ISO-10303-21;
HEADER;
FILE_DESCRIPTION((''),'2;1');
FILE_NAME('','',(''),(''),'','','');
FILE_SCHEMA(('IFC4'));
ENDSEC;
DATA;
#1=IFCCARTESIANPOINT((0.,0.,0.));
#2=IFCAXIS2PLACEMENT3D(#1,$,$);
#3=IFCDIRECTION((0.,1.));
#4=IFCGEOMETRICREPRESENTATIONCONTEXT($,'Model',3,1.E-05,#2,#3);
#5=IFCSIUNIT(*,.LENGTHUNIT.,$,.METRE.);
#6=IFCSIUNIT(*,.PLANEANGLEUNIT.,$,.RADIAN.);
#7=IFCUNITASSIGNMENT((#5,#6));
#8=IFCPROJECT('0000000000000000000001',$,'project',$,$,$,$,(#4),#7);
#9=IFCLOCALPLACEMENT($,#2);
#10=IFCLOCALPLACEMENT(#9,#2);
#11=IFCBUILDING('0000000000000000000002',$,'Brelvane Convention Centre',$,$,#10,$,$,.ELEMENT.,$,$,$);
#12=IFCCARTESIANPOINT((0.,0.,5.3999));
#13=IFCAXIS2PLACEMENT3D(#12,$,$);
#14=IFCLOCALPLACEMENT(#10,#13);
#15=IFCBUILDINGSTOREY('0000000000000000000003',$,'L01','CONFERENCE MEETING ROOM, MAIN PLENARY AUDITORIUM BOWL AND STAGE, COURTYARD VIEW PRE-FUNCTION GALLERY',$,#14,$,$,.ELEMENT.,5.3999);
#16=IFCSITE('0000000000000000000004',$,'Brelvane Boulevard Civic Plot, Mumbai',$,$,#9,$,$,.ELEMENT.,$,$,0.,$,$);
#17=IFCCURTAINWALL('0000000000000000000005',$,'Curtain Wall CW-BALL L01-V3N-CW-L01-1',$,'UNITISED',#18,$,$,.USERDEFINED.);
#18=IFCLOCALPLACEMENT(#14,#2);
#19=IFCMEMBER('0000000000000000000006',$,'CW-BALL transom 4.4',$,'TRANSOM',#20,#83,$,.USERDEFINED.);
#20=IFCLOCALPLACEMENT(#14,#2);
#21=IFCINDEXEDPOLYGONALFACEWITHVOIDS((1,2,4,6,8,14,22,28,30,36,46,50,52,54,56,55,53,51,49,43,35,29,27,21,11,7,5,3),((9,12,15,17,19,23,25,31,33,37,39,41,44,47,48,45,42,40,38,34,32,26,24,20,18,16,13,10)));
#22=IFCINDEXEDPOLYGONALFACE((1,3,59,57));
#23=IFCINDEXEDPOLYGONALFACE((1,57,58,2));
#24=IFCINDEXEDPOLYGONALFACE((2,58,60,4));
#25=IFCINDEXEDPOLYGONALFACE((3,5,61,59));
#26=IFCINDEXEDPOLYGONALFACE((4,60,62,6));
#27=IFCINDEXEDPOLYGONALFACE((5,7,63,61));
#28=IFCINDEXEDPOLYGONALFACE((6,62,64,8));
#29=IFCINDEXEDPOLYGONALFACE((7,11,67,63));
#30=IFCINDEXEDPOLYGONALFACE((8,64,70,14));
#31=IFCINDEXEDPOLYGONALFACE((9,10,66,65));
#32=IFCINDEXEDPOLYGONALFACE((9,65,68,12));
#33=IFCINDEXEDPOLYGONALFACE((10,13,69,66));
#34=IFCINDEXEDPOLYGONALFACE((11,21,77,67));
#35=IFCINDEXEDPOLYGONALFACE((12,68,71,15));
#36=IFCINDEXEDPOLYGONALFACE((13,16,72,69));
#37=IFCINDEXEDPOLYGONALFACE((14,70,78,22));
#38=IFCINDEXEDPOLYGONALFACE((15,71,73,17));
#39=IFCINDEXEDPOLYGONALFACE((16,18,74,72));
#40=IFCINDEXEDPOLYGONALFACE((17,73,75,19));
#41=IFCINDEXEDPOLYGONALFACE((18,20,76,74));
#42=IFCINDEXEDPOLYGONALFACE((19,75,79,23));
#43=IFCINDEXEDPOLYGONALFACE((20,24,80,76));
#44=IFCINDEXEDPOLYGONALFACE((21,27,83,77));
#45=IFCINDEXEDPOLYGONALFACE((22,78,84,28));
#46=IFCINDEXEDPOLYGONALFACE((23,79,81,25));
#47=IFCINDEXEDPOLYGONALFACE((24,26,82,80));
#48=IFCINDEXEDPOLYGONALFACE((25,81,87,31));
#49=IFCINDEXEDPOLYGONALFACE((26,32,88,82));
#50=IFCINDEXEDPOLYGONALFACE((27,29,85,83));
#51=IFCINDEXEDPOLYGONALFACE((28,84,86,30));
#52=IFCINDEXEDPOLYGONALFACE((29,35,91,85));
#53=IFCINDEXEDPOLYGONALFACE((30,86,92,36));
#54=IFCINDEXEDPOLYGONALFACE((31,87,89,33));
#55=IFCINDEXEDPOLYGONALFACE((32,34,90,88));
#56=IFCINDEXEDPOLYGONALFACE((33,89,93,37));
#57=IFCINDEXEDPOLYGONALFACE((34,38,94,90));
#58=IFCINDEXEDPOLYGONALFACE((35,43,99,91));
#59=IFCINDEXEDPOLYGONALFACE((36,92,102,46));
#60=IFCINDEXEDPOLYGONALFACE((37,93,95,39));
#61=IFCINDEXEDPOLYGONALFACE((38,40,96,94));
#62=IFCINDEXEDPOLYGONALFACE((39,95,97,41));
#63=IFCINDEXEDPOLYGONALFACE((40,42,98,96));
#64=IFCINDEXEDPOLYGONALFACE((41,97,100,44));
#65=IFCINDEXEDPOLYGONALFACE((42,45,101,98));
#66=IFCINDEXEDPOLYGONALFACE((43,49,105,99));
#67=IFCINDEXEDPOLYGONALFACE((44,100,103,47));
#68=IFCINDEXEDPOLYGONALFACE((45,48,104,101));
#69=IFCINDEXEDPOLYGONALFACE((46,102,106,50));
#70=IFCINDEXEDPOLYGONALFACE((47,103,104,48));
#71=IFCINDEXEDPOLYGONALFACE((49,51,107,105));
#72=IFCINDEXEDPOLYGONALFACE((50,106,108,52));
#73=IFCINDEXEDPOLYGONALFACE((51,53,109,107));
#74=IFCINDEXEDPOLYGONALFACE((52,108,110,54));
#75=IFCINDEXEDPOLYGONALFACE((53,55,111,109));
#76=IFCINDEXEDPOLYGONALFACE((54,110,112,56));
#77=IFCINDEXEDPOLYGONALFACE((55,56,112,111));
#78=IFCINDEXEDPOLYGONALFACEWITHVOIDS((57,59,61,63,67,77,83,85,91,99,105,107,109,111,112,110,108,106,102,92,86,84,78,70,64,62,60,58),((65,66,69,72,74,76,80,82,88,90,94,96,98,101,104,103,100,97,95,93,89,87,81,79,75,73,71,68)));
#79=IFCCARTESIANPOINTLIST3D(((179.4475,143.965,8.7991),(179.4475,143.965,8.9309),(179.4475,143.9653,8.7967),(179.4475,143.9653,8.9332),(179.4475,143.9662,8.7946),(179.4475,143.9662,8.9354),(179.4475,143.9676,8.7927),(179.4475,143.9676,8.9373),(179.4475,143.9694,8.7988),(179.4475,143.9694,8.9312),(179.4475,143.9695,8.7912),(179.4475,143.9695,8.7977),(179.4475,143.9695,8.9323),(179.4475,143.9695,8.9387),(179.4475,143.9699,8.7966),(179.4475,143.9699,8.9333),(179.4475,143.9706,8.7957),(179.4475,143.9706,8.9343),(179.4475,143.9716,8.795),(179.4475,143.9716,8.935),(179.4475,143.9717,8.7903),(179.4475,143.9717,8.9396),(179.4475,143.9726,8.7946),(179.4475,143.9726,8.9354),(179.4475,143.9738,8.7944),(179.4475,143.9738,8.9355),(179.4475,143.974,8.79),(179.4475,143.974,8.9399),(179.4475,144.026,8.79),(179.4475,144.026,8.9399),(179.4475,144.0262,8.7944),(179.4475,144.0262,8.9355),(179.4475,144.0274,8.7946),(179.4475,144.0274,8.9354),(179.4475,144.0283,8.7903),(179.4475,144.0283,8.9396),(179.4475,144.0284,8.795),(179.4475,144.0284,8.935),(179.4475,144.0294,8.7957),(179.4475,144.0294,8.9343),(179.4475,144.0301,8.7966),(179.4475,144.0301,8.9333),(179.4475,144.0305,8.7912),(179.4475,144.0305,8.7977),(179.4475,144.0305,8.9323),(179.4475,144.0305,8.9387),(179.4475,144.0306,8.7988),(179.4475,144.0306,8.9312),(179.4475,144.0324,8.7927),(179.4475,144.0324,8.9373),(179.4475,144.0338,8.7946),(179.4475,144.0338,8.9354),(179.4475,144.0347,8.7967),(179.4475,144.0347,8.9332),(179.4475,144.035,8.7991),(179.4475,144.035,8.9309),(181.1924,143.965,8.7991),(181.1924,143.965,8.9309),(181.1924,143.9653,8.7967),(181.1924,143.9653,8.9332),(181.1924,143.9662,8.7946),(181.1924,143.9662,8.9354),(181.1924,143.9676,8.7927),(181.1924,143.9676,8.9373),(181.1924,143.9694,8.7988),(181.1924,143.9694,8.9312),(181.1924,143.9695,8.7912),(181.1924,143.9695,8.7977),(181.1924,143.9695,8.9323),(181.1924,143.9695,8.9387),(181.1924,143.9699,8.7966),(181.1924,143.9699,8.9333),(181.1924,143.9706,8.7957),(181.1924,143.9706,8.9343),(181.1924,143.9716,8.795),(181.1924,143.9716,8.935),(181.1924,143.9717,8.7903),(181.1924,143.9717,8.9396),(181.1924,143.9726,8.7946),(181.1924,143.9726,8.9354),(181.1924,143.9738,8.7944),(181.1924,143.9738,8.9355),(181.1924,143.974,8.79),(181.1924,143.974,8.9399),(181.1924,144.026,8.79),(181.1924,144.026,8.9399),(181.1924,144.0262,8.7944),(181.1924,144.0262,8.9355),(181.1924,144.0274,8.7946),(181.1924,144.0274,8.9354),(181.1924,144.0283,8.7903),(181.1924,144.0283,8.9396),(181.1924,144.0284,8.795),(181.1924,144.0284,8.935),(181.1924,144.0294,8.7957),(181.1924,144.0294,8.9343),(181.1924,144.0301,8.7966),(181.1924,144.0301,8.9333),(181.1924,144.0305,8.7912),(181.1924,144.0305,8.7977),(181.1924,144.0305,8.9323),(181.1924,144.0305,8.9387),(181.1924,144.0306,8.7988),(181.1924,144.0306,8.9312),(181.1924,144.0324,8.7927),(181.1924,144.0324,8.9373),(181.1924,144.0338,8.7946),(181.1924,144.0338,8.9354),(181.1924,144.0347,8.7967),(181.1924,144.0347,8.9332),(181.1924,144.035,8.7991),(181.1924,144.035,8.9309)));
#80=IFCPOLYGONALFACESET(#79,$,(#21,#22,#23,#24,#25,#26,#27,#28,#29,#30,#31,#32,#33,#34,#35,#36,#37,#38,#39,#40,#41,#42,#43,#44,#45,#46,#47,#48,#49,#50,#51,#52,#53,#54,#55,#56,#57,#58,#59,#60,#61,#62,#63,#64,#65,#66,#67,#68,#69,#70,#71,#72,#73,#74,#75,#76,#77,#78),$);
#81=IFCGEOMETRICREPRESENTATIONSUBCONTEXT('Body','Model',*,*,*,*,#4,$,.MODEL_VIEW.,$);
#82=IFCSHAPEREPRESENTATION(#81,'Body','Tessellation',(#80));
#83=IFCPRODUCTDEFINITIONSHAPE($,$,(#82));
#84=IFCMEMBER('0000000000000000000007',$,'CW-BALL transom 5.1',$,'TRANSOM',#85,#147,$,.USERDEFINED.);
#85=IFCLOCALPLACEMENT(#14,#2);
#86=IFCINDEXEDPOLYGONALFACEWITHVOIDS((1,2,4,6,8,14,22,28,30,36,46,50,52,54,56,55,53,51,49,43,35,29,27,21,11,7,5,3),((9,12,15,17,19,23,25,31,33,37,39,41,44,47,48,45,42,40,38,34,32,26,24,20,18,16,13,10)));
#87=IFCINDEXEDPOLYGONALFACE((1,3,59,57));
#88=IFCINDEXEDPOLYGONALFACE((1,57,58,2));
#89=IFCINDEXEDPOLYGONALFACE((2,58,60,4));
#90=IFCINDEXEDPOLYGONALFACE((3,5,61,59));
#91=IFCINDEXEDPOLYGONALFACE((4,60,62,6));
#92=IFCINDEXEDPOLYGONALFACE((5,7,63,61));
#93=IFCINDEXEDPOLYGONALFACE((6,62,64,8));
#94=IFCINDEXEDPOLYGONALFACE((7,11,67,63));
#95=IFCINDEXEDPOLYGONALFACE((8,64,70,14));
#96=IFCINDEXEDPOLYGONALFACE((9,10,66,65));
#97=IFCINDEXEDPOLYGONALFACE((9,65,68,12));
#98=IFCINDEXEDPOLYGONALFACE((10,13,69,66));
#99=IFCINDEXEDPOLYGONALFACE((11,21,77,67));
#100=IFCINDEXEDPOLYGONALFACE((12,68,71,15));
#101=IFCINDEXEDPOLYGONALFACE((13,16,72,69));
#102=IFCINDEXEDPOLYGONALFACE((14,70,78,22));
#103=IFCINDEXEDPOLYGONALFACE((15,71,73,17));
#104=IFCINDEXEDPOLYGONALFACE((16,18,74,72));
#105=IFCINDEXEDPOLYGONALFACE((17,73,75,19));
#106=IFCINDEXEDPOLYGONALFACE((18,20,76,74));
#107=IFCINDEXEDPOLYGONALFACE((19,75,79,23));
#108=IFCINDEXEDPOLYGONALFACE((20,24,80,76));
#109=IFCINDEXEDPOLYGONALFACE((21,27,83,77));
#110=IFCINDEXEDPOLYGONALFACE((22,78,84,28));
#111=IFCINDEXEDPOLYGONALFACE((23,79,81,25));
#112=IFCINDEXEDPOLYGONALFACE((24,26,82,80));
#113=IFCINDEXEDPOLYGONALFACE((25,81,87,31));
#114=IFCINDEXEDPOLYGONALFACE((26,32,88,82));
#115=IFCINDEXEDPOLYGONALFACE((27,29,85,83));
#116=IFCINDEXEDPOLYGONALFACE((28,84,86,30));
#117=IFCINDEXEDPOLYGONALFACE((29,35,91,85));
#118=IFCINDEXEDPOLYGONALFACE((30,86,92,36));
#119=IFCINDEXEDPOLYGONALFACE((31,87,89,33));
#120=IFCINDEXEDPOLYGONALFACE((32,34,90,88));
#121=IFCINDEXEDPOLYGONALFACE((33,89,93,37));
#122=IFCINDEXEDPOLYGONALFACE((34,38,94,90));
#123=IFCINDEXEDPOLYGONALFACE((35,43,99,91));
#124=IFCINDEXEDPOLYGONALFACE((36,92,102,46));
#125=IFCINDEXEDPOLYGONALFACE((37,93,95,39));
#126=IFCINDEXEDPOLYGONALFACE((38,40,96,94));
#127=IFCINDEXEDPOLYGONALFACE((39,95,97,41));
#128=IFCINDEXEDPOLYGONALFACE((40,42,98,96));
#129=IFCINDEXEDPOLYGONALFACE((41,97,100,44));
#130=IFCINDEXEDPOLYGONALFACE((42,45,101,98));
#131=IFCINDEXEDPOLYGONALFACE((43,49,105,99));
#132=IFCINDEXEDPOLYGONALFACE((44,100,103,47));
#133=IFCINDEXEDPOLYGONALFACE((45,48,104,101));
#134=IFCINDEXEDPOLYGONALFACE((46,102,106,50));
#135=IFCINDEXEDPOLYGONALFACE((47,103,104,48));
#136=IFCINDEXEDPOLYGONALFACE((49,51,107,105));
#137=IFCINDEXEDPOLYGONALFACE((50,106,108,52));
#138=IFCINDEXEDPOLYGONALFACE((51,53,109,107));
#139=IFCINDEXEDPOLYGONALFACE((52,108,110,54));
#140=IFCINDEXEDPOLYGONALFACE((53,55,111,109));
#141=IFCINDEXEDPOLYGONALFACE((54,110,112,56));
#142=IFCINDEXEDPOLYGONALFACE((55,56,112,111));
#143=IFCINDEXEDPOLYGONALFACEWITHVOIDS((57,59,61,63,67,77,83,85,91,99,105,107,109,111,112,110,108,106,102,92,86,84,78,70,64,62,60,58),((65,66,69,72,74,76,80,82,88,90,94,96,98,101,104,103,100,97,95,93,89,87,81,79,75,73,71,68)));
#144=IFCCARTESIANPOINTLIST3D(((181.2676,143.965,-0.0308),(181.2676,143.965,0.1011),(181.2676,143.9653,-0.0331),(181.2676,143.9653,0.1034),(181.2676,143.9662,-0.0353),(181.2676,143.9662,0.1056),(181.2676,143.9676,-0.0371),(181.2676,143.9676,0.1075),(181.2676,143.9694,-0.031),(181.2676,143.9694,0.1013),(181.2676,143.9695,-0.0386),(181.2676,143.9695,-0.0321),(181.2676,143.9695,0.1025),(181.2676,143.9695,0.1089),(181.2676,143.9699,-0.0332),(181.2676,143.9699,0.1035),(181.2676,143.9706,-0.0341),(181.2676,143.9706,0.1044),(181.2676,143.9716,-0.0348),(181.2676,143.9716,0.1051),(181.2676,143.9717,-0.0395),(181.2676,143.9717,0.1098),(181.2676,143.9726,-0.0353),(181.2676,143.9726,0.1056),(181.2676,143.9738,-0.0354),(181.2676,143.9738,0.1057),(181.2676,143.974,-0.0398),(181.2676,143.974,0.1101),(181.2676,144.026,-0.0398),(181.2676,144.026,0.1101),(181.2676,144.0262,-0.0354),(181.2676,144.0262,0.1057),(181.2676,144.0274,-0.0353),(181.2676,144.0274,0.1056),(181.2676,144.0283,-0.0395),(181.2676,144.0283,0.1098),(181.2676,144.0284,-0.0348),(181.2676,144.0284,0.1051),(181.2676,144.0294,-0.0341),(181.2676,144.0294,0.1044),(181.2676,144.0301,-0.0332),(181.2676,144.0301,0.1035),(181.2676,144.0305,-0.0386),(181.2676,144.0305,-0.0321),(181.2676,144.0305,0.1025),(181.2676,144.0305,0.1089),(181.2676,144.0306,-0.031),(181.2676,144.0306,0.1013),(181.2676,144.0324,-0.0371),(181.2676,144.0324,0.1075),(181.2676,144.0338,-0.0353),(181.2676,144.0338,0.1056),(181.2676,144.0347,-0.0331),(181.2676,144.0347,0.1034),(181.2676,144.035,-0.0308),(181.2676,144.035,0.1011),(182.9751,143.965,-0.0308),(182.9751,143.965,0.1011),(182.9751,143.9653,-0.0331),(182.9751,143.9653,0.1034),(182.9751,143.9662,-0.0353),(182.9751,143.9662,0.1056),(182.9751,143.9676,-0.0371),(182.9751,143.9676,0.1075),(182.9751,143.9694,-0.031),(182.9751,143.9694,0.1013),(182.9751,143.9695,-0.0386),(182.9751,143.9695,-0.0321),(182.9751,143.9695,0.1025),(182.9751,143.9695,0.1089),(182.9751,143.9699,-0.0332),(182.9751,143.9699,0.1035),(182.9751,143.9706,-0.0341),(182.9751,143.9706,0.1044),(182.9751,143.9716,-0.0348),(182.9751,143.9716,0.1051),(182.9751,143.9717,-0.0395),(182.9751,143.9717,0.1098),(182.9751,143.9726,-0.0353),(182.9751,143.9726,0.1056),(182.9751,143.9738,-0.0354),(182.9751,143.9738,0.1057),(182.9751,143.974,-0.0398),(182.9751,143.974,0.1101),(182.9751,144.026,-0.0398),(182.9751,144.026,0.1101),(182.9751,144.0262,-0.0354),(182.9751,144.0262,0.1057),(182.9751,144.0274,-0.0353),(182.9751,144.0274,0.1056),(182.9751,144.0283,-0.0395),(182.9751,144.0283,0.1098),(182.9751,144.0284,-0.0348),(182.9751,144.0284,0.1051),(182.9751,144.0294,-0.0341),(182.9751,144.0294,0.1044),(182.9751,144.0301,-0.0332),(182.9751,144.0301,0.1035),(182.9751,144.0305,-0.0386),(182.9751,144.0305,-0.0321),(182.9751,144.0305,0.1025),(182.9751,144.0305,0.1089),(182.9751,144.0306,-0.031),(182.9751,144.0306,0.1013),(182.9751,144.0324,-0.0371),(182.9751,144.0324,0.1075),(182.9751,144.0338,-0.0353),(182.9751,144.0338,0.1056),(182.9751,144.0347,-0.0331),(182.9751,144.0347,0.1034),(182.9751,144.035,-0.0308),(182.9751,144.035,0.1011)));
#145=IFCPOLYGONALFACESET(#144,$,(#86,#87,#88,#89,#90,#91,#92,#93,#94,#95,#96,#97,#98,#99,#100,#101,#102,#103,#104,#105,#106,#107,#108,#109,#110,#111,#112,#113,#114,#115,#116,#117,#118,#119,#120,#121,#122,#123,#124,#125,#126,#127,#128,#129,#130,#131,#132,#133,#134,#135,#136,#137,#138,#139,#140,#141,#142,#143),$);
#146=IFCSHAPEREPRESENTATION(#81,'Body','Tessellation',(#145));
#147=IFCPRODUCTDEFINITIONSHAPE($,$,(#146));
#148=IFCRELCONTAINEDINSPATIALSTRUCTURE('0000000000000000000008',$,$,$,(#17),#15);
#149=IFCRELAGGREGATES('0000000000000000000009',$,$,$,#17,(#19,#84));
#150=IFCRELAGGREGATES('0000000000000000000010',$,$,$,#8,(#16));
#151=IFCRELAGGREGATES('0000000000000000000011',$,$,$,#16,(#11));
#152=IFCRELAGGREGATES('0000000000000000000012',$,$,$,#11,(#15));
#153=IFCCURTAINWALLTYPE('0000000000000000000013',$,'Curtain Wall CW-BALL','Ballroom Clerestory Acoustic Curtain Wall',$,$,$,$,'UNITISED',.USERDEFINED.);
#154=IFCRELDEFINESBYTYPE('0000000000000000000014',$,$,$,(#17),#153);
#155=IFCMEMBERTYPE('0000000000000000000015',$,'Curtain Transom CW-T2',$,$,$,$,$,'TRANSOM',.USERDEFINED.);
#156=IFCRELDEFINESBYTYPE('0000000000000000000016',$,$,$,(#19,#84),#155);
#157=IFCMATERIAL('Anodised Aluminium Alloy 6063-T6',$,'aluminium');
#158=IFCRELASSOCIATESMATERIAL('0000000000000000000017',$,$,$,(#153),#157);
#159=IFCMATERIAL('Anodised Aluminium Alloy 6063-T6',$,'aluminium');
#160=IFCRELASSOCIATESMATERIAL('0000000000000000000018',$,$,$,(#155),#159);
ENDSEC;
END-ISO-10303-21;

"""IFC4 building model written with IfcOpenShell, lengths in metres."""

from ifc_helpers import new_model, si_unit, direction, frame, origin, origin_2d, place, context, subcontext, project, spatial, hollow_rectangle, extrude, material, material_profile, profile_set, type_object, element, aggregate, save


model = new_model("IFC4")

# Units and contexts
model_context = context("Model", 3, precision=1e-05, world=origin(), true_north=direction((0.0, 1.0)))
body_context = subcontext(model_context, "Body", "Model", "MODEL_VIEW")
ifc_project = project(units=[si_unit("LENGTHUNIT", "METRE"), si_unit("PLANEANGLEUNIT", "RADIAN")], contexts=[model_context])

# Site, building, storey
site_placement = place(None, origin())
site = spatial("IfcSite", under=ifc_project, at=site_placement, Name="Brelvane Boulevard Civic Plot, Mumbai", CompositionType="ELEMENT", RefElevation=0.0)
building_placement = place(site_placement, origin())
building = spatial("IfcBuilding", under=site, at=building_placement, Name="Brelvane Convention Centre", CompositionType="ELEMENT")
storey_placement = place(building_placement, frame((0.0, 0.0, 5.3999)))
storey = spatial("IfcBuildingStorey", under=building, at=storey_placement, Name="L01", Description="CONFERENCE MEETING ROOM, MAIN PLENARY AUDITORIUM BOWL AND STAGE, COURTYARD VIEW PRE-FUNCTION GALLERY", CompositionType="ELEMENT", Elevation=5.3999)

# Curtain wall, members
ifc_material_1 = material(Name="Anodised Aluminium Alloy 6063-T6", Category="aluminium")
curtain_wall_type = type_object("IfcCurtainWallType", Name="Curtain Wall CW-BALL", Description="Ballroom Clerestory Acoustic Curtain Wall", ElementType="UNITISED", PredefinedType="USERDEFINED", material=ifc_material_1)
curtain_wall_placement = place(storey_placement, origin())
curtain_wall = element("IfcCurtainWall", 1, at=curtain_wall_placement, inside=storey, type_object=curtain_wall_type, Name="Curtain Wall CW-BALL L01-V3N-CW-L01-1", ObjectType="UNITISED", PredefinedType="USERDEFINED")
ifc_material_2 = material(Name="Anodised Aluminium Alloy 6063-T6", Category="aluminium")
ifc_material_profile_1 = material_profile(ifc_material_2, hollow_rectangle(XDim=0.0701, YDim=0.1499, WallThickness=0.0044, InnerFilletRadius=0.0044, OuterFilletRadius=0.009, at=origin_2d()), Name="ALU-T 150x70x4.5")
ifc_profile_set_1 = profile_set([ifc_material_profile_1], Name="Anodised Aluminium Alloy 6063-T6")
member_type_1 = type_object("IfcMemberType", Name="Curtain Transom CW-T2", ElementType="TRANSOM", PredefinedType="USERDEFINED", material=ifc_profile_set_1)
member_1_placement = place(storey_placement, frame((179.4475, 144.0, 8.865), z_axis=(1.0, 0.0, 0.0), x_axis=(0.0, 1.0, 0.0)))
member_1 = element("IfcMember", 2, at=member_1_placement, type_object=member_type_1, Name="CW-BALL transom 4.4", ObjectType="TRANSOM", PredefinedType="USERDEFINED", context=body_context, shape_type="SweptSolid", body=[
    extrude(hollow_rectangle(XDim=0.0701, YDim=0.1499, WallThickness=0.0044, InnerFilletRadius=0.0044, OuterFilletRadius=0.009, at=origin_2d()), origin(), (0.0, 0.0, 1.0), 1.7449),
])
member_2_placement = place(storey_placement, frame((181.2676, 144.0, 0.0352), z_axis=(1.0, 0.0, 0.0), x_axis=(0.0, 1.0, 0.0)))
member_2 = element("IfcMember", 3, at=member_2_placement, type_object=member_type_1, Name="CW-BALL transom 5.1", ObjectType="TRANSOM", PredefinedType="USERDEFINED", context=body_context, shape_type="SweptSolid", body=[
    extrude(hollow_rectangle(XDim=0.0701, YDim=0.1499, WallThickness=0.0044, InnerFilletRadius=0.0044, OuterFilletRadius=0.009, at=origin_2d()), origin(), (0.0, 0.0, 1.0), 1.7075),
])
aggregate(curtain_wall, [member_1, member_2])

save(model, "model.ifc")
